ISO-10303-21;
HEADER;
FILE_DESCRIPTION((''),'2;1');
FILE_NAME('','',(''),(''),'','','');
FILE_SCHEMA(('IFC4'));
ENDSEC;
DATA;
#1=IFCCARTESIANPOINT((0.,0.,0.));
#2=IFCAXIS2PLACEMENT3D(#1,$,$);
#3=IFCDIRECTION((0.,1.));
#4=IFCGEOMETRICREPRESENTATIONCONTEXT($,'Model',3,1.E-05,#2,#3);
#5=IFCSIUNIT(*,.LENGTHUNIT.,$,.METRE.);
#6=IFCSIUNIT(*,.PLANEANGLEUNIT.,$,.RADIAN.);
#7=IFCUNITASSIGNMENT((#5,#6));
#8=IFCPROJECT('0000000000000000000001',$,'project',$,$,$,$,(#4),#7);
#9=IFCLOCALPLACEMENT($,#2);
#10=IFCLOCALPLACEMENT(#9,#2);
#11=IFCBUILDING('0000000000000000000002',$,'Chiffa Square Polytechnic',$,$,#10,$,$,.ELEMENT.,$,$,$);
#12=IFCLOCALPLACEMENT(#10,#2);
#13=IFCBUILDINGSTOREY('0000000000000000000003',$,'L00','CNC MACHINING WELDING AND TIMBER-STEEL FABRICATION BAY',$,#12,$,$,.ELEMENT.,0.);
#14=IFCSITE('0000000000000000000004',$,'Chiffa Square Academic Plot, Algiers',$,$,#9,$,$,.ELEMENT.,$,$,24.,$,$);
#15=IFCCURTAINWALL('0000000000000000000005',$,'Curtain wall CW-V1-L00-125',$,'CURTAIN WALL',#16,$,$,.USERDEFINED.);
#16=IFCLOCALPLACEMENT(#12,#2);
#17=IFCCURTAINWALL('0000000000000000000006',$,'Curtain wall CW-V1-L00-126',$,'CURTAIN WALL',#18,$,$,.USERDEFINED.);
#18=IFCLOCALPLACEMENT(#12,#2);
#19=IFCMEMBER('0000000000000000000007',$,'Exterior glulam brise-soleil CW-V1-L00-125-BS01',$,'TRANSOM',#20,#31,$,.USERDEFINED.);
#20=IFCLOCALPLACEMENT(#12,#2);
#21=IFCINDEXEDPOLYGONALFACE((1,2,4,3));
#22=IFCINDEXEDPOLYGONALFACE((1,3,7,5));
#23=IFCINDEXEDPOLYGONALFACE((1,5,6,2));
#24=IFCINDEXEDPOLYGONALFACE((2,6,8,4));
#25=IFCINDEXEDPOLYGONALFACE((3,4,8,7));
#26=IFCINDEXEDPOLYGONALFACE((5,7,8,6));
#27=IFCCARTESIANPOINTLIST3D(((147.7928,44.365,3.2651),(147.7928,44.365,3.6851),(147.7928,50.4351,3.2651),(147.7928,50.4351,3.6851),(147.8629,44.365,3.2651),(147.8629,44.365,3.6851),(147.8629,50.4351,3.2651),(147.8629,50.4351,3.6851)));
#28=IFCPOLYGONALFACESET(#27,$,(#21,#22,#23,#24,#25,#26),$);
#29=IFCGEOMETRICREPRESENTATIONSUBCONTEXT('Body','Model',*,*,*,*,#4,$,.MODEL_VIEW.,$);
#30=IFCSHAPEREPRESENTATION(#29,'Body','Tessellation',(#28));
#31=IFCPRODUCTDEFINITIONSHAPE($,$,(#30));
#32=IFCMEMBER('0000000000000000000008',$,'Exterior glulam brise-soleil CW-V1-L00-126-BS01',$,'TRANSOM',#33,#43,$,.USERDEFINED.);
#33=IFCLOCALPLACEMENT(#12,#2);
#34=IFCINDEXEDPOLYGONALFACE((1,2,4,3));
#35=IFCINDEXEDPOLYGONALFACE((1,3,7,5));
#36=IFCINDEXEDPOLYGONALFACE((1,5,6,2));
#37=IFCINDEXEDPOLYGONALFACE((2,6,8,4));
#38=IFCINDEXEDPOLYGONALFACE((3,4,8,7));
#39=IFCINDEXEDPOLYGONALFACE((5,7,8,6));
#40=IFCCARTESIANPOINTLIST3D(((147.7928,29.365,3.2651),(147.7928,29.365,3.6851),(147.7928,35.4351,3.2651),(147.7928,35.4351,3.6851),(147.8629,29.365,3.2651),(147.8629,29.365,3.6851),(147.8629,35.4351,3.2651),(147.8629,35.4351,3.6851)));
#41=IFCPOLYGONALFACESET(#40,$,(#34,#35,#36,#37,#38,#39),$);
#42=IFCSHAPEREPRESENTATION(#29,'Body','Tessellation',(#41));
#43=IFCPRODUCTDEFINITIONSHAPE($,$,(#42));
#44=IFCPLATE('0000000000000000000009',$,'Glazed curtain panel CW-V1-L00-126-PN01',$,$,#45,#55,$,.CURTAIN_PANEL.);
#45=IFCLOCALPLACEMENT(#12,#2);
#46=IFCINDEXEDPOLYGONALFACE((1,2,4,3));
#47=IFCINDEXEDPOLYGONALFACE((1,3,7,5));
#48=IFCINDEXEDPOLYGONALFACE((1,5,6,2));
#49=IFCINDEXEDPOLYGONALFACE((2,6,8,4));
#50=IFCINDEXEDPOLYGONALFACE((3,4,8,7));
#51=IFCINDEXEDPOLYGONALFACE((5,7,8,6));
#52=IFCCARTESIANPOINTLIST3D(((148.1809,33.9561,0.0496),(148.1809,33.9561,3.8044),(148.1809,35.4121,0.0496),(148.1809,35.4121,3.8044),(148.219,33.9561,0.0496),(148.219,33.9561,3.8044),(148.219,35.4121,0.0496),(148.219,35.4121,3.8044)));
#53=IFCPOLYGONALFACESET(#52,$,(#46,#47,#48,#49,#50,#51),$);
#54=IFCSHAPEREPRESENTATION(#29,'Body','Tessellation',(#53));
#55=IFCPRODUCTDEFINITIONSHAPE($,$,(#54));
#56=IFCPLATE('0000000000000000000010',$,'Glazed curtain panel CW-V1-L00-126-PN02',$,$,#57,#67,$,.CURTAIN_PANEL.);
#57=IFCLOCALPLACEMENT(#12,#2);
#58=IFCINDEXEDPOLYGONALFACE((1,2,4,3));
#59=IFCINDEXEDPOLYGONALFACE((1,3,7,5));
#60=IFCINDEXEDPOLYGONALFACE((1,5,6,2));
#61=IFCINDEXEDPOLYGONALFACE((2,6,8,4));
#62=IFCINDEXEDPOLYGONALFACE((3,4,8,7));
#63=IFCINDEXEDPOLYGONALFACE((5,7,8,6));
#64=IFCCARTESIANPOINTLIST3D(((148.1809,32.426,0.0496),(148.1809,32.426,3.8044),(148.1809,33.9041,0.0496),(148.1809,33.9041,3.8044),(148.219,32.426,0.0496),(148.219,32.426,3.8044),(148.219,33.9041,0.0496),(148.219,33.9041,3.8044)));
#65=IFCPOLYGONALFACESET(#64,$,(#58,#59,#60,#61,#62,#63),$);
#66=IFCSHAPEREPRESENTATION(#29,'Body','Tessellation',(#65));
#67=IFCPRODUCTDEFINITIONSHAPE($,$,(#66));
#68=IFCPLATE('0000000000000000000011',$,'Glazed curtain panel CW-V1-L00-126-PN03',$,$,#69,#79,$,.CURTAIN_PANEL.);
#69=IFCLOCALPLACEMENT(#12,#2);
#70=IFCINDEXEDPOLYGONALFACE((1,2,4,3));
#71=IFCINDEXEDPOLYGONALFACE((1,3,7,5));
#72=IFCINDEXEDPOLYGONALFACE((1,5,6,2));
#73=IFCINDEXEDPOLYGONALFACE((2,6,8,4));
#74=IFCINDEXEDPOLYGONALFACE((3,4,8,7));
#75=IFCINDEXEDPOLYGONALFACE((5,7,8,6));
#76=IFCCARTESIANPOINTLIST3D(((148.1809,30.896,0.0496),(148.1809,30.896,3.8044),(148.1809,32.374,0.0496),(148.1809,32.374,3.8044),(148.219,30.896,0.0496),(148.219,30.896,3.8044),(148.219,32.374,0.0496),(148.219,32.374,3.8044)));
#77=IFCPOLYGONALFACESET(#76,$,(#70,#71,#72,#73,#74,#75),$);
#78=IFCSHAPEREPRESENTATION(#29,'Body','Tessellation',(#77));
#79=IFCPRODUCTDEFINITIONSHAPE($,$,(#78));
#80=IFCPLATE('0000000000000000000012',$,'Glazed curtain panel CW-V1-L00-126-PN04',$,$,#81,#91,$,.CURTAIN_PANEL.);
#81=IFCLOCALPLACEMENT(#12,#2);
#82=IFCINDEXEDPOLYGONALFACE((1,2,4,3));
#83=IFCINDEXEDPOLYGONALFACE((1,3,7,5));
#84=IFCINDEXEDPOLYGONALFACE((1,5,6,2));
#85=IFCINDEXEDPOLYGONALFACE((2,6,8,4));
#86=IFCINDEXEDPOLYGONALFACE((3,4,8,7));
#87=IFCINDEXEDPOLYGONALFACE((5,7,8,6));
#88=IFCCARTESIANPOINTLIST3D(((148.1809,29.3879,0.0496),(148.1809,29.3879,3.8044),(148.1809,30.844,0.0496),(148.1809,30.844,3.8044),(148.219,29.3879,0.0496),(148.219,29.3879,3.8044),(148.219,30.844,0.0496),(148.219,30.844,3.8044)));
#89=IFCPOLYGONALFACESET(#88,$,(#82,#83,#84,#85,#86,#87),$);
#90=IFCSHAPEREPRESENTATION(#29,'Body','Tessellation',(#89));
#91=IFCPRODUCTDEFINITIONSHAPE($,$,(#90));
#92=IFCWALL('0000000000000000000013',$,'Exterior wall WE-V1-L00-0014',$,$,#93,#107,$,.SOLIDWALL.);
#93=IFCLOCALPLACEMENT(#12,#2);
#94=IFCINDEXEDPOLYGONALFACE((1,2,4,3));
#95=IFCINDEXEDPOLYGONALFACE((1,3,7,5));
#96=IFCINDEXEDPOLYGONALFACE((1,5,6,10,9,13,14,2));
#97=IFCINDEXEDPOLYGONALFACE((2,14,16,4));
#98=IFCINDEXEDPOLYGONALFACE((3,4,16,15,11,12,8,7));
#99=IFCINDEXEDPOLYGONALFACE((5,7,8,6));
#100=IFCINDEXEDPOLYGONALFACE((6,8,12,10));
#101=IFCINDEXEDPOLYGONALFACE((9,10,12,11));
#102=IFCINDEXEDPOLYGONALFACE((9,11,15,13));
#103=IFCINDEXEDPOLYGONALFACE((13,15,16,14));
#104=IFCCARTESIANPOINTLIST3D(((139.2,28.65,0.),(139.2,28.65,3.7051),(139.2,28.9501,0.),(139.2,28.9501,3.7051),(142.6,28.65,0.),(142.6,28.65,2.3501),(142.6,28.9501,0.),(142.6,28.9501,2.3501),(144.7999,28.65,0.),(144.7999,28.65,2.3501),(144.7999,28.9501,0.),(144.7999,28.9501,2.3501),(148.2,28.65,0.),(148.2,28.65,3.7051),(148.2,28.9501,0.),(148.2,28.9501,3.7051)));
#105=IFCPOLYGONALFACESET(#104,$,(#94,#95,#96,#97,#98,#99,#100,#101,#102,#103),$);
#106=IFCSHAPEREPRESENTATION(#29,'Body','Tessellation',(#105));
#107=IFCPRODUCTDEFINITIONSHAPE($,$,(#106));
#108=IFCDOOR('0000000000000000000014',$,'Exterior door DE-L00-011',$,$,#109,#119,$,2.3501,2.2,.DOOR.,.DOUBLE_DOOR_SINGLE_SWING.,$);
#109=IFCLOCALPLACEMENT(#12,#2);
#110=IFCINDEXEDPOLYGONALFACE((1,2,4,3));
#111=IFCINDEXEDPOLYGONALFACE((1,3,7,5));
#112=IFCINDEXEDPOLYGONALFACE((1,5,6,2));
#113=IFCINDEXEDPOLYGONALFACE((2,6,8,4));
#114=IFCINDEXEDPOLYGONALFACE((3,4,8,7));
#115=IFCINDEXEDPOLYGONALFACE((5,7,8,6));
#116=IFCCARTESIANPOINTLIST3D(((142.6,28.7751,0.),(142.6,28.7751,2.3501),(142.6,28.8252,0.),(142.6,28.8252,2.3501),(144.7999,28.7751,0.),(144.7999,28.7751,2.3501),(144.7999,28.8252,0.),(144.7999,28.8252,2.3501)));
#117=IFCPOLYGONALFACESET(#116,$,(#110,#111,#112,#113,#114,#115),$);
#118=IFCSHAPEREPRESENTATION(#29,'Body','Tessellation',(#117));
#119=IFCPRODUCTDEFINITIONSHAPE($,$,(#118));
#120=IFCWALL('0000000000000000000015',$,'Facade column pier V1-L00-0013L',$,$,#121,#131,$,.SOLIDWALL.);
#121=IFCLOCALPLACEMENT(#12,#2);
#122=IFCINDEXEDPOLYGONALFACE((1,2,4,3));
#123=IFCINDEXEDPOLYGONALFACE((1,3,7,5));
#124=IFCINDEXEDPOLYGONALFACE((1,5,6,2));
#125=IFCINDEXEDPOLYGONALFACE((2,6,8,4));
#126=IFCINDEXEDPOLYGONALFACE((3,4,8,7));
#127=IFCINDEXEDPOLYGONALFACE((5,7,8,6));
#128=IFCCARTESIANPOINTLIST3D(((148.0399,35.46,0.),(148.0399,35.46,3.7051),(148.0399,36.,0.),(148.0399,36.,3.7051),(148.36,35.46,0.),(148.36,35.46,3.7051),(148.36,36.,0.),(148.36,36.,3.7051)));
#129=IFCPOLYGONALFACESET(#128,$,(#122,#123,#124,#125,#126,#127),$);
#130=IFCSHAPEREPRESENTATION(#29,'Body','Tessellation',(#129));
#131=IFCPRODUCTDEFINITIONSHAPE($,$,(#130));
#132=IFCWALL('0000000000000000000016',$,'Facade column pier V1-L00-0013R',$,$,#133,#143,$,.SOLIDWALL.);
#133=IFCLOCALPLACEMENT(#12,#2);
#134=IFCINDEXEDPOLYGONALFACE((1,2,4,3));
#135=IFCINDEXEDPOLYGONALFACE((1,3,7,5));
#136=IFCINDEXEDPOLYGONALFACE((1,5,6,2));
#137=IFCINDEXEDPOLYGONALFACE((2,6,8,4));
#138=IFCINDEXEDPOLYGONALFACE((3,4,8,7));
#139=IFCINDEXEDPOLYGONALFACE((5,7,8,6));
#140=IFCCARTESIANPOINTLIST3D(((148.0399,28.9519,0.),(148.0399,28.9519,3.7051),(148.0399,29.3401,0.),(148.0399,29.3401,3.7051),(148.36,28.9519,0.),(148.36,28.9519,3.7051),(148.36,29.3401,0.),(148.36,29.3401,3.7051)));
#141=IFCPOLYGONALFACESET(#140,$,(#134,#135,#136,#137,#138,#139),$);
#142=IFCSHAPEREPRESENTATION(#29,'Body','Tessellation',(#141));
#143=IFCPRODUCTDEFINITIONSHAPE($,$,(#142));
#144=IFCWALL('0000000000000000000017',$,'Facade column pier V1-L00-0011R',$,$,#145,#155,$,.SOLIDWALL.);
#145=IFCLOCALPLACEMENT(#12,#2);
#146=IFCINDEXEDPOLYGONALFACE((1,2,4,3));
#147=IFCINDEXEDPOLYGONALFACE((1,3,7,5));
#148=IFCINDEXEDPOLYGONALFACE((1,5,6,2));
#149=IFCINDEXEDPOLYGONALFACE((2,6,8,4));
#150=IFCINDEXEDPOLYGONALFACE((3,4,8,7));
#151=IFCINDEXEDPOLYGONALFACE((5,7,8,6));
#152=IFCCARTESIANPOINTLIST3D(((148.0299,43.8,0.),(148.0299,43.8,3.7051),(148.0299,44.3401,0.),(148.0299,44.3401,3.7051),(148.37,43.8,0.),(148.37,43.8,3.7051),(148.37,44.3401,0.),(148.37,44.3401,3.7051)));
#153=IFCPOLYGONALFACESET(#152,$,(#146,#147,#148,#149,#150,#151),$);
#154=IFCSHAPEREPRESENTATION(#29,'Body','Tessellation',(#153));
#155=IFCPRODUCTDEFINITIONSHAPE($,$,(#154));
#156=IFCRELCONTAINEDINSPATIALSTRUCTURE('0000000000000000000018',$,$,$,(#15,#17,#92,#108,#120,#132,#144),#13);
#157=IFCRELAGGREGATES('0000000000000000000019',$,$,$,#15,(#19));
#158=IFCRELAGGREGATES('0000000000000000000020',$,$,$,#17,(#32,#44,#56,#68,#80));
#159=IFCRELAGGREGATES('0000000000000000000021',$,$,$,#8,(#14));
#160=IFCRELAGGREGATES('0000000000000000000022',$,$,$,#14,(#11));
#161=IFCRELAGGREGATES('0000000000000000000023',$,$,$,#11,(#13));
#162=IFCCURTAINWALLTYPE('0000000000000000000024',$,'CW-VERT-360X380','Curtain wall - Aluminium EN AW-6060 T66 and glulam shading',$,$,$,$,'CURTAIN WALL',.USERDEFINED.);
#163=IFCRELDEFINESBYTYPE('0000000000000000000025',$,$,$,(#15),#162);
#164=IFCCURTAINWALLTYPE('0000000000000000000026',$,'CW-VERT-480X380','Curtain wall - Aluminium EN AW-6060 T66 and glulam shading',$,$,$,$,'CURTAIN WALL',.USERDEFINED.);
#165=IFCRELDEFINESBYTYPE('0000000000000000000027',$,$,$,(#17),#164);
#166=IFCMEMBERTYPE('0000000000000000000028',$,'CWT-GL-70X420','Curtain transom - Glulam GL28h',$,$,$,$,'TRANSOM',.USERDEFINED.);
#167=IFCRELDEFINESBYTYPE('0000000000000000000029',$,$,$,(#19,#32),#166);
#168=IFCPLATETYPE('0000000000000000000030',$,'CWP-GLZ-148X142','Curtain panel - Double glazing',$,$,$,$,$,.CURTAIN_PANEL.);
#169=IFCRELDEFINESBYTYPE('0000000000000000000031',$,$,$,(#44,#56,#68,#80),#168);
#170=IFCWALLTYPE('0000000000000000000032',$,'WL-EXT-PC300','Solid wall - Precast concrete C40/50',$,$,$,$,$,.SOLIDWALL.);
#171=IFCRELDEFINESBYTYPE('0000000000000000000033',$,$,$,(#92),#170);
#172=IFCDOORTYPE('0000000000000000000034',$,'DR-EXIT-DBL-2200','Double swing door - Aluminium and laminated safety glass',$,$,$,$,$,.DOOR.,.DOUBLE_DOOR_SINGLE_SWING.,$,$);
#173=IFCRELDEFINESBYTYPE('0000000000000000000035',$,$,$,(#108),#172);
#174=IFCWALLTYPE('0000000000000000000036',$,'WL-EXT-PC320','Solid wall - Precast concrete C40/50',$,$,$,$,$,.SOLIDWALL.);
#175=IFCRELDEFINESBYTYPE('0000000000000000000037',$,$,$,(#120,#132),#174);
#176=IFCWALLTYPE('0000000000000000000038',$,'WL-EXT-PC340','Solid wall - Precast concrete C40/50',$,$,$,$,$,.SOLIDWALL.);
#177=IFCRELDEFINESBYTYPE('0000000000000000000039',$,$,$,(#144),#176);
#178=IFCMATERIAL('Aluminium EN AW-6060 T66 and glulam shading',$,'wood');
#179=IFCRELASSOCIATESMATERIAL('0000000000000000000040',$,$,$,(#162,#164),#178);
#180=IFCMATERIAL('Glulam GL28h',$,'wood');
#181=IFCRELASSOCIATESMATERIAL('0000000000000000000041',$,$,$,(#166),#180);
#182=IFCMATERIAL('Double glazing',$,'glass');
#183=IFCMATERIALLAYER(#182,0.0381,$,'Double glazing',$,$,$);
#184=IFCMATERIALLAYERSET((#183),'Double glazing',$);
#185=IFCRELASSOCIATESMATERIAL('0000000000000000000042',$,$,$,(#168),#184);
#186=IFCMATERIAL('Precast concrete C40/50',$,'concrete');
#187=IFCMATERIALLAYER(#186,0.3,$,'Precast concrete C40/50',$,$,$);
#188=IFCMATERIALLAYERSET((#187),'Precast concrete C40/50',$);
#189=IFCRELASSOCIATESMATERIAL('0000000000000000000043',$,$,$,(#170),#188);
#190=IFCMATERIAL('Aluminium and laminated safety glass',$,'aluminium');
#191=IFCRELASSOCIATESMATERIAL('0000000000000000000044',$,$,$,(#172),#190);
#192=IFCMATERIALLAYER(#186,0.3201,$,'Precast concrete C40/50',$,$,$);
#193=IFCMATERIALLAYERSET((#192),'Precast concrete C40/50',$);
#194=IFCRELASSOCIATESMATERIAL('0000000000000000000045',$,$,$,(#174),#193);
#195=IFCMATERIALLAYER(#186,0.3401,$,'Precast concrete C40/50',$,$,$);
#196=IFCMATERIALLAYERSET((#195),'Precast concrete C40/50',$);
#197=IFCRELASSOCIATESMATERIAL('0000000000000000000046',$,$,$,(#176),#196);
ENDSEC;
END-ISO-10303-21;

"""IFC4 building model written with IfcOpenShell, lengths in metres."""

from ifc_helpers import new_model, si_unit, direction, frame, frame_2d, origin, origin_2d, place, context, subcontext, project, spatial, rectangle, extrude, material, layer, layer_set, material_profile, profile_set, type_object, element, fill, aggregate, save


model = new_model("IFC4")

# Units and contexts
model_context = context("Model", 3, precision=1e-05, world=origin(), true_north=direction((0.0, 1.0)))
body_context = subcontext(model_context, "Body", "Model", "MODEL_VIEW")
ifc_project = project(units=[si_unit("LENGTHUNIT", "METRE"), si_unit("PLANEANGLEUNIT", "RADIAN")], contexts=[model_context])

# Site, building, storey
site_placement = place(None, origin())
site = spatial("IfcSite", under=ifc_project, at=site_placement, Name="Chiffa Square Academic Plot, Algiers", CompositionType="ELEMENT", RefElevation=24.0)
building_placement = place(site_placement, origin())
building = spatial("IfcBuilding", under=site, at=building_placement, Name="Chiffa Square Polytechnic", CompositionType="ELEMENT")
storey_placement = place(building_placement, origin())
storey = spatial("IfcBuildingStorey", under=building, at=storey_placement, Name="L00", Description="CNC MACHINING WELDING AND TIMBER-STEEL FABRICATION BAY", CompositionType="ELEMENT", Elevation=0.0)

# Curtain wall
ifc_material_1 = material(Name="Aluminium EN AW-6060 T66 and glulam shading", Category="wood")
curtain_wall_type_1 = type_object("IfcCurtainWallType", Name="CW-VERT-360X380", Description="Curtain wall - Aluminium EN AW-6060 T66 and glulam shading", ElementType="CURTAIN WALL", PredefinedType="USERDEFINED", material=ifc_material_1)
curtain_wall_1_placement = place(storey_placement, origin())
curtain_wall_1 = element("IfcCurtainWall", 1, at=curtain_wall_1_placement, inside=storey, type_object=curtain_wall_type_1, Name="Curtain wall CW-V1-L00-125", ObjectType="CURTAIN WALL", PredefinedType="USERDEFINED")

# Curtain wall
curtain_wall_type_2 = type_object("IfcCurtainWallType", Name="CW-VERT-480X380", Description="Curtain wall - Aluminium EN AW-6060 T66 and glulam shading", ElementType="CURTAIN WALL", PredefinedType="USERDEFINED", material=ifc_material_1)
curtain_wall_2_placement = place(storey_placement, origin())
curtain_wall_2 = element("IfcCurtainWall", 2, at=curtain_wall_2_placement, inside=storey, type_object=curtain_wall_type_2, Name="Curtain wall CW-V1-L00-126", ObjectType="CURTAIN WALL", PredefinedType="USERDEFINED")

# Members
ifc_material_2 = material(Name="Glulam GL28h", Category="wood")
ifc_material_profile_1 = material_profile(ifc_material_2, rectangle(XDim=0.0701, YDim=0.4199, at=origin_2d()), Name="GL28h 70x420")
ifc_profile_set_1 = profile_set([ifc_material_profile_1], Name="Glulam GL28h")
member_type_1 = type_object("IfcMemberType", Name="CWT-GL-70X420", Description="Curtain transom - Glulam GL28h", ElementType="TRANSOM", PredefinedType="USERDEFINED", material=ifc_profile_set_1)
member_1_placement = place(storey_placement, frame((147.8279, 50.4351, 3.4751), z_axis=(0.0, -1.0, 0.0), x_axis=(1.0, 0.0, 0.0)))
member_1 = element("IfcMember", 3, at=member_1_placement, type_object=member_type_1, Name="Exterior glulam brise-soleil CW-V1-L00-125-BS01", ObjectType="TRANSOM", PredefinedType="USERDEFINED", context=body_context, shape_type="SweptSolid", body=[
    extrude(rectangle(XDim=0.0701, YDim=0.4199, at=origin_2d()), origin(), (0.0, 0.0, 1.0), 6.0701),
])
aggregate(curtain_wall_1, [member_1])
member_2_placement = place(storey_placement, frame((147.8279, 35.4351, 3.4751), z_axis=(0.0, -1.0, 0.0), x_axis=(1.0, 0.0, 0.0)))
member_2 = element("IfcMember", 4, at=member_2_placement, type_object=member_type_1, Name="Exterior glulam brise-soleil CW-V1-L00-126-BS01", ObjectType="TRANSOM", PredefinedType="USERDEFINED", context=body_context, shape_type="SweptSolid", body=[
    extrude(rectangle(XDim=0.0701, YDim=0.4199, at=origin_2d()), origin(), (0.0, 0.0, 1.0), 6.0701),
])

# Plates
ifc_material_3 = material(Name="Double glazing", Category="glass")
ifc_layer_1 = layer(ifc_material_3, 0.0381, Name="Double glazing")
ifc_layer_set_1 = layer_set([ifc_layer_1], Name="Double glazing")
plate_type = type_object("IfcPlateType", Name="CWP-GLZ-148X142", Description="Curtain panel - Double glazing", PredefinedType="CURTAIN_PANEL", material=ifc_layer_set_1)
plate_1_placement = place(storey_placement, frame((148.2, 34.6841, 0.0496), z_axis=(0.0, 0.0, 1.0), x_axis=(0.0, -1.0, 0.0)))
plate_1 = element("IfcPlate", 5, at=plate_1_placement, type_object=plate_type, Name="Glazed curtain panel CW-V1-L00-126-PN01", PredefinedType="CURTAIN_PANEL", context=body_context, shape_type="SweptSolid", body=[
    extrude(rectangle(XDim=1.4561, YDim=0.0381, at=origin_2d()), origin(), (0.0, 0.0, 1.0), 3.7549),
])
plate_2_placement = place(storey_placement, frame((148.2, 33.165, 0.0496), z_axis=(0.0, 0.0, 1.0), x_axis=(0.0, -1.0, 0.0)))
plate_2 = element("IfcPlate", 6, at=plate_2_placement, type_object=plate_type, Name="Glazed curtain panel CW-V1-L00-126-PN02", PredefinedType="CURTAIN_PANEL", context=body_context, shape_type="SweptSolid", body=[
    extrude(rectangle(XDim=1.478, YDim=0.0381, at=origin_2d()), origin(), (0.0, 0.0, 1.0), 3.7549),
])
plate_3_placement = place(storey_placement, frame((148.2, 31.635, 0.0496), z_axis=(0.0, 0.0, 1.0), x_axis=(0.0, -1.0, 0.0)))
plate_3 = element("IfcPlate", 7, at=plate_3_placement, type_object=plate_type, Name="Glazed curtain panel CW-V1-L00-126-PN03", PredefinedType="CURTAIN_PANEL", context=body_context, shape_type="SweptSolid", body=[
    extrude(rectangle(XDim=1.478, YDim=0.0381, at=origin_2d()), origin(), (0.0, 0.0, 1.0), 3.7549),
])
plate_4_placement = place(storey_placement, frame((148.2, 30.116, 0.0496), z_axis=(0.0, 0.0, 1.0), x_axis=(0.0, -1.0, 0.0)))
plate_4 = element("IfcPlate", 8, at=plate_4_placement, type_object=plate_type, Name="Glazed curtain panel CW-V1-L00-126-PN04", PredefinedType="CURTAIN_PANEL", context=body_context, shape_type="SweptSolid", body=[
    extrude(rectangle(XDim=1.4561, YDim=0.0381, at=origin_2d()), origin(), (0.0, 0.0, 1.0), 3.7549),
])
aggregate(curtain_wall_2, [member_2, plate_1, plate_2, plate_3, plate_4])

# Wall, opening, door
ifc_material_4 = material(Name="Precast concrete C40/50", Category="concrete")
ifc_layer_2 = layer(ifc_material_4, 0.3, Name="Precast concrete C40/50")
ifc_layer_set_2 = layer_set([ifc_layer_2], Name="Precast concrete C40/50")
wall_type_1 = type_object("IfcWallType", Name="WL-EXT-PC300", Description="Solid wall - Precast concrete C40/50", PredefinedType="SOLIDWALL", material=ifc_layer_set_2)
ifc_material_5 = material(Name="Aluminium and laminated safety glass", Category="aluminium")
wall_1_placement = place(storey_placement, frame((148.2, 28.8, 0.0), z_axis=(0.0, 0.0, 1.0), x_axis=(-1.0, 0.0, 0.0)))
wall_1 = element("IfcWall", 9, at=wall_1_placement, inside=storey, type_object=wall_type_1, Name="Exterior wall WE-V1-L00-0014", PredefinedType="SOLIDWALL", context=body_context, shape_type="SweptSolid", body=[
    extrude(rectangle(XDim=9.0, YDim=0.3, at=frame_2d((4.5, 0.0))), origin(), (0.0, 0.0, 1.0), 3.7051),
])
opening_1_placement = place(wall_1_placement, frame((3.3999, 0.0, 0.0)))
opening_1 = element("IfcOpeningElement", 10, at=opening_1_placement, cuts=wall_1, PredefinedType="OPENING", context=body_context, shape_type="SweptSolid", body=[
    extrude(rectangle(XDim=2.2, YDim=2.3501, at=frame_2d((1.1001, 1.175))), frame((0.0, 0.1602, 0.0), z_axis=(0.0, -1.0, 0.0), x_axis=(1.0, 0.0, 0.0)), (0.0, 0.0, 1.0), 0.3201),
])
door_type_1 = type_object("IfcDoorType", Name="DR-EXIT-DBL-2200", Description="Double swing door - Aluminium and laminated safety glass", OperationType="DOUBLE_DOOR_SINGLE_SWING", PredefinedType="DOOR", material=ifc_material_5)
door_1_placement = place(opening_1_placement, origin())
door_1 = element("IfcDoor", 11, at=door_1_placement, inside=storey, type_object=door_type_1, Name="Exterior door DE-L00-011", OperationType="DOUBLE_DOOR_SINGLE_SWING", OverallHeight=2.3501, OverallWidth=2.2, PredefinedType="DOOR", context=body_context, shape_type="SweptSolid", body=[
    extrude(rectangle(XDim=2.2, YDim=2.3501, at=frame_2d((1.1001, 1.175))), frame((0.0, 0.0249, 0.0), z_axis=(0.0, -1.0, 0.0), x_axis=(1.0, 0.0, 0.0)), (0.0, 0.0, 1.0), 0.05),
])
fill(opening_1, door_1)

# Walls
ifc_layer_3 = layer(ifc_material_4, 0.3201, Name="Precast concrete C40/50")
ifc_layer_set_3 = layer_set([ifc_layer_3], Name="Precast concrete C40/50")
wall_type_2 = type_object("IfcWallType", Name="WL-EXT-PC320", Description="Solid wall - Precast concrete C40/50", PredefinedType="SOLIDWALL", material=ifc_layer_set_3)
wall_2_placement = place(storey_placement, frame((148.2, 36.0, 0.0), z_axis=(0.0, 0.0, 1.0), x_axis=(0.0, -1.0, 0.0)))
element("IfcWall", 12, at=wall_2_placement, inside=storey, type_object=wall_type_2, Name="Facade column pier V1-L00-0013L", PredefinedType="SOLIDWALL", context=body_context, shape_type="SweptSolid", body=[
    extrude(rectangle(XDim=0.54, YDim=0.3201, at=frame_2d((0.27, 0.0))), origin(), (0.0, 0.0, 1.0), 3.7051),
])
wall_3_placement = place(storey_placement, frame((148.2, 29.3401, 0.0), z_axis=(0.0, 0.0, 1.0), x_axis=(0.0, -1.0, 0.0)))
element("IfcWall", 13, at=wall_3_placement, inside=storey, type_object=wall_type_2, Name="Facade column pier V1-L00-0013R", PredefinedType="SOLIDWALL", context=body_context, shape_type="SweptSolid", body=[
    extrude(rectangle(XDim=0.3882, YDim=0.3201, at=frame_2d((0.1941, 0.0))), origin(), (0.0, 0.0, 1.0), 3.7051),
])
ifc_layer_4 = layer(ifc_material_4, 0.3401, Name="Precast concrete C40/50")
ifc_layer_set_4 = layer_set([ifc_layer_4], Name="Precast concrete C40/50")
wall_type_3 = type_object("IfcWallType", Name="WL-EXT-PC340", Description="Solid wall - Precast concrete C40/50", PredefinedType="SOLIDWALL", material=ifc_layer_set_4)
wall_4_placement = place(storey_placement, frame((148.2, 44.3401, 0.0), z_axis=(0.0, 0.0, 1.0), x_axis=(0.0, -1.0, 0.0)))
element("IfcWall", 14, at=wall_4_placement, inside=storey, type_object=wall_type_3, Name="Facade column pier V1-L00-0011R", PredefinedType="SOLIDWALL", context=body_context, shape_type="SweptSolid", body=[
    extrude(rectangle(XDim=0.54, YDim=0.3401, at=frame_2d((0.27, 0.0))), origin(), (0.0, 0.0, 1.0), 3.7051),
])

save(model, "model.ifc")
